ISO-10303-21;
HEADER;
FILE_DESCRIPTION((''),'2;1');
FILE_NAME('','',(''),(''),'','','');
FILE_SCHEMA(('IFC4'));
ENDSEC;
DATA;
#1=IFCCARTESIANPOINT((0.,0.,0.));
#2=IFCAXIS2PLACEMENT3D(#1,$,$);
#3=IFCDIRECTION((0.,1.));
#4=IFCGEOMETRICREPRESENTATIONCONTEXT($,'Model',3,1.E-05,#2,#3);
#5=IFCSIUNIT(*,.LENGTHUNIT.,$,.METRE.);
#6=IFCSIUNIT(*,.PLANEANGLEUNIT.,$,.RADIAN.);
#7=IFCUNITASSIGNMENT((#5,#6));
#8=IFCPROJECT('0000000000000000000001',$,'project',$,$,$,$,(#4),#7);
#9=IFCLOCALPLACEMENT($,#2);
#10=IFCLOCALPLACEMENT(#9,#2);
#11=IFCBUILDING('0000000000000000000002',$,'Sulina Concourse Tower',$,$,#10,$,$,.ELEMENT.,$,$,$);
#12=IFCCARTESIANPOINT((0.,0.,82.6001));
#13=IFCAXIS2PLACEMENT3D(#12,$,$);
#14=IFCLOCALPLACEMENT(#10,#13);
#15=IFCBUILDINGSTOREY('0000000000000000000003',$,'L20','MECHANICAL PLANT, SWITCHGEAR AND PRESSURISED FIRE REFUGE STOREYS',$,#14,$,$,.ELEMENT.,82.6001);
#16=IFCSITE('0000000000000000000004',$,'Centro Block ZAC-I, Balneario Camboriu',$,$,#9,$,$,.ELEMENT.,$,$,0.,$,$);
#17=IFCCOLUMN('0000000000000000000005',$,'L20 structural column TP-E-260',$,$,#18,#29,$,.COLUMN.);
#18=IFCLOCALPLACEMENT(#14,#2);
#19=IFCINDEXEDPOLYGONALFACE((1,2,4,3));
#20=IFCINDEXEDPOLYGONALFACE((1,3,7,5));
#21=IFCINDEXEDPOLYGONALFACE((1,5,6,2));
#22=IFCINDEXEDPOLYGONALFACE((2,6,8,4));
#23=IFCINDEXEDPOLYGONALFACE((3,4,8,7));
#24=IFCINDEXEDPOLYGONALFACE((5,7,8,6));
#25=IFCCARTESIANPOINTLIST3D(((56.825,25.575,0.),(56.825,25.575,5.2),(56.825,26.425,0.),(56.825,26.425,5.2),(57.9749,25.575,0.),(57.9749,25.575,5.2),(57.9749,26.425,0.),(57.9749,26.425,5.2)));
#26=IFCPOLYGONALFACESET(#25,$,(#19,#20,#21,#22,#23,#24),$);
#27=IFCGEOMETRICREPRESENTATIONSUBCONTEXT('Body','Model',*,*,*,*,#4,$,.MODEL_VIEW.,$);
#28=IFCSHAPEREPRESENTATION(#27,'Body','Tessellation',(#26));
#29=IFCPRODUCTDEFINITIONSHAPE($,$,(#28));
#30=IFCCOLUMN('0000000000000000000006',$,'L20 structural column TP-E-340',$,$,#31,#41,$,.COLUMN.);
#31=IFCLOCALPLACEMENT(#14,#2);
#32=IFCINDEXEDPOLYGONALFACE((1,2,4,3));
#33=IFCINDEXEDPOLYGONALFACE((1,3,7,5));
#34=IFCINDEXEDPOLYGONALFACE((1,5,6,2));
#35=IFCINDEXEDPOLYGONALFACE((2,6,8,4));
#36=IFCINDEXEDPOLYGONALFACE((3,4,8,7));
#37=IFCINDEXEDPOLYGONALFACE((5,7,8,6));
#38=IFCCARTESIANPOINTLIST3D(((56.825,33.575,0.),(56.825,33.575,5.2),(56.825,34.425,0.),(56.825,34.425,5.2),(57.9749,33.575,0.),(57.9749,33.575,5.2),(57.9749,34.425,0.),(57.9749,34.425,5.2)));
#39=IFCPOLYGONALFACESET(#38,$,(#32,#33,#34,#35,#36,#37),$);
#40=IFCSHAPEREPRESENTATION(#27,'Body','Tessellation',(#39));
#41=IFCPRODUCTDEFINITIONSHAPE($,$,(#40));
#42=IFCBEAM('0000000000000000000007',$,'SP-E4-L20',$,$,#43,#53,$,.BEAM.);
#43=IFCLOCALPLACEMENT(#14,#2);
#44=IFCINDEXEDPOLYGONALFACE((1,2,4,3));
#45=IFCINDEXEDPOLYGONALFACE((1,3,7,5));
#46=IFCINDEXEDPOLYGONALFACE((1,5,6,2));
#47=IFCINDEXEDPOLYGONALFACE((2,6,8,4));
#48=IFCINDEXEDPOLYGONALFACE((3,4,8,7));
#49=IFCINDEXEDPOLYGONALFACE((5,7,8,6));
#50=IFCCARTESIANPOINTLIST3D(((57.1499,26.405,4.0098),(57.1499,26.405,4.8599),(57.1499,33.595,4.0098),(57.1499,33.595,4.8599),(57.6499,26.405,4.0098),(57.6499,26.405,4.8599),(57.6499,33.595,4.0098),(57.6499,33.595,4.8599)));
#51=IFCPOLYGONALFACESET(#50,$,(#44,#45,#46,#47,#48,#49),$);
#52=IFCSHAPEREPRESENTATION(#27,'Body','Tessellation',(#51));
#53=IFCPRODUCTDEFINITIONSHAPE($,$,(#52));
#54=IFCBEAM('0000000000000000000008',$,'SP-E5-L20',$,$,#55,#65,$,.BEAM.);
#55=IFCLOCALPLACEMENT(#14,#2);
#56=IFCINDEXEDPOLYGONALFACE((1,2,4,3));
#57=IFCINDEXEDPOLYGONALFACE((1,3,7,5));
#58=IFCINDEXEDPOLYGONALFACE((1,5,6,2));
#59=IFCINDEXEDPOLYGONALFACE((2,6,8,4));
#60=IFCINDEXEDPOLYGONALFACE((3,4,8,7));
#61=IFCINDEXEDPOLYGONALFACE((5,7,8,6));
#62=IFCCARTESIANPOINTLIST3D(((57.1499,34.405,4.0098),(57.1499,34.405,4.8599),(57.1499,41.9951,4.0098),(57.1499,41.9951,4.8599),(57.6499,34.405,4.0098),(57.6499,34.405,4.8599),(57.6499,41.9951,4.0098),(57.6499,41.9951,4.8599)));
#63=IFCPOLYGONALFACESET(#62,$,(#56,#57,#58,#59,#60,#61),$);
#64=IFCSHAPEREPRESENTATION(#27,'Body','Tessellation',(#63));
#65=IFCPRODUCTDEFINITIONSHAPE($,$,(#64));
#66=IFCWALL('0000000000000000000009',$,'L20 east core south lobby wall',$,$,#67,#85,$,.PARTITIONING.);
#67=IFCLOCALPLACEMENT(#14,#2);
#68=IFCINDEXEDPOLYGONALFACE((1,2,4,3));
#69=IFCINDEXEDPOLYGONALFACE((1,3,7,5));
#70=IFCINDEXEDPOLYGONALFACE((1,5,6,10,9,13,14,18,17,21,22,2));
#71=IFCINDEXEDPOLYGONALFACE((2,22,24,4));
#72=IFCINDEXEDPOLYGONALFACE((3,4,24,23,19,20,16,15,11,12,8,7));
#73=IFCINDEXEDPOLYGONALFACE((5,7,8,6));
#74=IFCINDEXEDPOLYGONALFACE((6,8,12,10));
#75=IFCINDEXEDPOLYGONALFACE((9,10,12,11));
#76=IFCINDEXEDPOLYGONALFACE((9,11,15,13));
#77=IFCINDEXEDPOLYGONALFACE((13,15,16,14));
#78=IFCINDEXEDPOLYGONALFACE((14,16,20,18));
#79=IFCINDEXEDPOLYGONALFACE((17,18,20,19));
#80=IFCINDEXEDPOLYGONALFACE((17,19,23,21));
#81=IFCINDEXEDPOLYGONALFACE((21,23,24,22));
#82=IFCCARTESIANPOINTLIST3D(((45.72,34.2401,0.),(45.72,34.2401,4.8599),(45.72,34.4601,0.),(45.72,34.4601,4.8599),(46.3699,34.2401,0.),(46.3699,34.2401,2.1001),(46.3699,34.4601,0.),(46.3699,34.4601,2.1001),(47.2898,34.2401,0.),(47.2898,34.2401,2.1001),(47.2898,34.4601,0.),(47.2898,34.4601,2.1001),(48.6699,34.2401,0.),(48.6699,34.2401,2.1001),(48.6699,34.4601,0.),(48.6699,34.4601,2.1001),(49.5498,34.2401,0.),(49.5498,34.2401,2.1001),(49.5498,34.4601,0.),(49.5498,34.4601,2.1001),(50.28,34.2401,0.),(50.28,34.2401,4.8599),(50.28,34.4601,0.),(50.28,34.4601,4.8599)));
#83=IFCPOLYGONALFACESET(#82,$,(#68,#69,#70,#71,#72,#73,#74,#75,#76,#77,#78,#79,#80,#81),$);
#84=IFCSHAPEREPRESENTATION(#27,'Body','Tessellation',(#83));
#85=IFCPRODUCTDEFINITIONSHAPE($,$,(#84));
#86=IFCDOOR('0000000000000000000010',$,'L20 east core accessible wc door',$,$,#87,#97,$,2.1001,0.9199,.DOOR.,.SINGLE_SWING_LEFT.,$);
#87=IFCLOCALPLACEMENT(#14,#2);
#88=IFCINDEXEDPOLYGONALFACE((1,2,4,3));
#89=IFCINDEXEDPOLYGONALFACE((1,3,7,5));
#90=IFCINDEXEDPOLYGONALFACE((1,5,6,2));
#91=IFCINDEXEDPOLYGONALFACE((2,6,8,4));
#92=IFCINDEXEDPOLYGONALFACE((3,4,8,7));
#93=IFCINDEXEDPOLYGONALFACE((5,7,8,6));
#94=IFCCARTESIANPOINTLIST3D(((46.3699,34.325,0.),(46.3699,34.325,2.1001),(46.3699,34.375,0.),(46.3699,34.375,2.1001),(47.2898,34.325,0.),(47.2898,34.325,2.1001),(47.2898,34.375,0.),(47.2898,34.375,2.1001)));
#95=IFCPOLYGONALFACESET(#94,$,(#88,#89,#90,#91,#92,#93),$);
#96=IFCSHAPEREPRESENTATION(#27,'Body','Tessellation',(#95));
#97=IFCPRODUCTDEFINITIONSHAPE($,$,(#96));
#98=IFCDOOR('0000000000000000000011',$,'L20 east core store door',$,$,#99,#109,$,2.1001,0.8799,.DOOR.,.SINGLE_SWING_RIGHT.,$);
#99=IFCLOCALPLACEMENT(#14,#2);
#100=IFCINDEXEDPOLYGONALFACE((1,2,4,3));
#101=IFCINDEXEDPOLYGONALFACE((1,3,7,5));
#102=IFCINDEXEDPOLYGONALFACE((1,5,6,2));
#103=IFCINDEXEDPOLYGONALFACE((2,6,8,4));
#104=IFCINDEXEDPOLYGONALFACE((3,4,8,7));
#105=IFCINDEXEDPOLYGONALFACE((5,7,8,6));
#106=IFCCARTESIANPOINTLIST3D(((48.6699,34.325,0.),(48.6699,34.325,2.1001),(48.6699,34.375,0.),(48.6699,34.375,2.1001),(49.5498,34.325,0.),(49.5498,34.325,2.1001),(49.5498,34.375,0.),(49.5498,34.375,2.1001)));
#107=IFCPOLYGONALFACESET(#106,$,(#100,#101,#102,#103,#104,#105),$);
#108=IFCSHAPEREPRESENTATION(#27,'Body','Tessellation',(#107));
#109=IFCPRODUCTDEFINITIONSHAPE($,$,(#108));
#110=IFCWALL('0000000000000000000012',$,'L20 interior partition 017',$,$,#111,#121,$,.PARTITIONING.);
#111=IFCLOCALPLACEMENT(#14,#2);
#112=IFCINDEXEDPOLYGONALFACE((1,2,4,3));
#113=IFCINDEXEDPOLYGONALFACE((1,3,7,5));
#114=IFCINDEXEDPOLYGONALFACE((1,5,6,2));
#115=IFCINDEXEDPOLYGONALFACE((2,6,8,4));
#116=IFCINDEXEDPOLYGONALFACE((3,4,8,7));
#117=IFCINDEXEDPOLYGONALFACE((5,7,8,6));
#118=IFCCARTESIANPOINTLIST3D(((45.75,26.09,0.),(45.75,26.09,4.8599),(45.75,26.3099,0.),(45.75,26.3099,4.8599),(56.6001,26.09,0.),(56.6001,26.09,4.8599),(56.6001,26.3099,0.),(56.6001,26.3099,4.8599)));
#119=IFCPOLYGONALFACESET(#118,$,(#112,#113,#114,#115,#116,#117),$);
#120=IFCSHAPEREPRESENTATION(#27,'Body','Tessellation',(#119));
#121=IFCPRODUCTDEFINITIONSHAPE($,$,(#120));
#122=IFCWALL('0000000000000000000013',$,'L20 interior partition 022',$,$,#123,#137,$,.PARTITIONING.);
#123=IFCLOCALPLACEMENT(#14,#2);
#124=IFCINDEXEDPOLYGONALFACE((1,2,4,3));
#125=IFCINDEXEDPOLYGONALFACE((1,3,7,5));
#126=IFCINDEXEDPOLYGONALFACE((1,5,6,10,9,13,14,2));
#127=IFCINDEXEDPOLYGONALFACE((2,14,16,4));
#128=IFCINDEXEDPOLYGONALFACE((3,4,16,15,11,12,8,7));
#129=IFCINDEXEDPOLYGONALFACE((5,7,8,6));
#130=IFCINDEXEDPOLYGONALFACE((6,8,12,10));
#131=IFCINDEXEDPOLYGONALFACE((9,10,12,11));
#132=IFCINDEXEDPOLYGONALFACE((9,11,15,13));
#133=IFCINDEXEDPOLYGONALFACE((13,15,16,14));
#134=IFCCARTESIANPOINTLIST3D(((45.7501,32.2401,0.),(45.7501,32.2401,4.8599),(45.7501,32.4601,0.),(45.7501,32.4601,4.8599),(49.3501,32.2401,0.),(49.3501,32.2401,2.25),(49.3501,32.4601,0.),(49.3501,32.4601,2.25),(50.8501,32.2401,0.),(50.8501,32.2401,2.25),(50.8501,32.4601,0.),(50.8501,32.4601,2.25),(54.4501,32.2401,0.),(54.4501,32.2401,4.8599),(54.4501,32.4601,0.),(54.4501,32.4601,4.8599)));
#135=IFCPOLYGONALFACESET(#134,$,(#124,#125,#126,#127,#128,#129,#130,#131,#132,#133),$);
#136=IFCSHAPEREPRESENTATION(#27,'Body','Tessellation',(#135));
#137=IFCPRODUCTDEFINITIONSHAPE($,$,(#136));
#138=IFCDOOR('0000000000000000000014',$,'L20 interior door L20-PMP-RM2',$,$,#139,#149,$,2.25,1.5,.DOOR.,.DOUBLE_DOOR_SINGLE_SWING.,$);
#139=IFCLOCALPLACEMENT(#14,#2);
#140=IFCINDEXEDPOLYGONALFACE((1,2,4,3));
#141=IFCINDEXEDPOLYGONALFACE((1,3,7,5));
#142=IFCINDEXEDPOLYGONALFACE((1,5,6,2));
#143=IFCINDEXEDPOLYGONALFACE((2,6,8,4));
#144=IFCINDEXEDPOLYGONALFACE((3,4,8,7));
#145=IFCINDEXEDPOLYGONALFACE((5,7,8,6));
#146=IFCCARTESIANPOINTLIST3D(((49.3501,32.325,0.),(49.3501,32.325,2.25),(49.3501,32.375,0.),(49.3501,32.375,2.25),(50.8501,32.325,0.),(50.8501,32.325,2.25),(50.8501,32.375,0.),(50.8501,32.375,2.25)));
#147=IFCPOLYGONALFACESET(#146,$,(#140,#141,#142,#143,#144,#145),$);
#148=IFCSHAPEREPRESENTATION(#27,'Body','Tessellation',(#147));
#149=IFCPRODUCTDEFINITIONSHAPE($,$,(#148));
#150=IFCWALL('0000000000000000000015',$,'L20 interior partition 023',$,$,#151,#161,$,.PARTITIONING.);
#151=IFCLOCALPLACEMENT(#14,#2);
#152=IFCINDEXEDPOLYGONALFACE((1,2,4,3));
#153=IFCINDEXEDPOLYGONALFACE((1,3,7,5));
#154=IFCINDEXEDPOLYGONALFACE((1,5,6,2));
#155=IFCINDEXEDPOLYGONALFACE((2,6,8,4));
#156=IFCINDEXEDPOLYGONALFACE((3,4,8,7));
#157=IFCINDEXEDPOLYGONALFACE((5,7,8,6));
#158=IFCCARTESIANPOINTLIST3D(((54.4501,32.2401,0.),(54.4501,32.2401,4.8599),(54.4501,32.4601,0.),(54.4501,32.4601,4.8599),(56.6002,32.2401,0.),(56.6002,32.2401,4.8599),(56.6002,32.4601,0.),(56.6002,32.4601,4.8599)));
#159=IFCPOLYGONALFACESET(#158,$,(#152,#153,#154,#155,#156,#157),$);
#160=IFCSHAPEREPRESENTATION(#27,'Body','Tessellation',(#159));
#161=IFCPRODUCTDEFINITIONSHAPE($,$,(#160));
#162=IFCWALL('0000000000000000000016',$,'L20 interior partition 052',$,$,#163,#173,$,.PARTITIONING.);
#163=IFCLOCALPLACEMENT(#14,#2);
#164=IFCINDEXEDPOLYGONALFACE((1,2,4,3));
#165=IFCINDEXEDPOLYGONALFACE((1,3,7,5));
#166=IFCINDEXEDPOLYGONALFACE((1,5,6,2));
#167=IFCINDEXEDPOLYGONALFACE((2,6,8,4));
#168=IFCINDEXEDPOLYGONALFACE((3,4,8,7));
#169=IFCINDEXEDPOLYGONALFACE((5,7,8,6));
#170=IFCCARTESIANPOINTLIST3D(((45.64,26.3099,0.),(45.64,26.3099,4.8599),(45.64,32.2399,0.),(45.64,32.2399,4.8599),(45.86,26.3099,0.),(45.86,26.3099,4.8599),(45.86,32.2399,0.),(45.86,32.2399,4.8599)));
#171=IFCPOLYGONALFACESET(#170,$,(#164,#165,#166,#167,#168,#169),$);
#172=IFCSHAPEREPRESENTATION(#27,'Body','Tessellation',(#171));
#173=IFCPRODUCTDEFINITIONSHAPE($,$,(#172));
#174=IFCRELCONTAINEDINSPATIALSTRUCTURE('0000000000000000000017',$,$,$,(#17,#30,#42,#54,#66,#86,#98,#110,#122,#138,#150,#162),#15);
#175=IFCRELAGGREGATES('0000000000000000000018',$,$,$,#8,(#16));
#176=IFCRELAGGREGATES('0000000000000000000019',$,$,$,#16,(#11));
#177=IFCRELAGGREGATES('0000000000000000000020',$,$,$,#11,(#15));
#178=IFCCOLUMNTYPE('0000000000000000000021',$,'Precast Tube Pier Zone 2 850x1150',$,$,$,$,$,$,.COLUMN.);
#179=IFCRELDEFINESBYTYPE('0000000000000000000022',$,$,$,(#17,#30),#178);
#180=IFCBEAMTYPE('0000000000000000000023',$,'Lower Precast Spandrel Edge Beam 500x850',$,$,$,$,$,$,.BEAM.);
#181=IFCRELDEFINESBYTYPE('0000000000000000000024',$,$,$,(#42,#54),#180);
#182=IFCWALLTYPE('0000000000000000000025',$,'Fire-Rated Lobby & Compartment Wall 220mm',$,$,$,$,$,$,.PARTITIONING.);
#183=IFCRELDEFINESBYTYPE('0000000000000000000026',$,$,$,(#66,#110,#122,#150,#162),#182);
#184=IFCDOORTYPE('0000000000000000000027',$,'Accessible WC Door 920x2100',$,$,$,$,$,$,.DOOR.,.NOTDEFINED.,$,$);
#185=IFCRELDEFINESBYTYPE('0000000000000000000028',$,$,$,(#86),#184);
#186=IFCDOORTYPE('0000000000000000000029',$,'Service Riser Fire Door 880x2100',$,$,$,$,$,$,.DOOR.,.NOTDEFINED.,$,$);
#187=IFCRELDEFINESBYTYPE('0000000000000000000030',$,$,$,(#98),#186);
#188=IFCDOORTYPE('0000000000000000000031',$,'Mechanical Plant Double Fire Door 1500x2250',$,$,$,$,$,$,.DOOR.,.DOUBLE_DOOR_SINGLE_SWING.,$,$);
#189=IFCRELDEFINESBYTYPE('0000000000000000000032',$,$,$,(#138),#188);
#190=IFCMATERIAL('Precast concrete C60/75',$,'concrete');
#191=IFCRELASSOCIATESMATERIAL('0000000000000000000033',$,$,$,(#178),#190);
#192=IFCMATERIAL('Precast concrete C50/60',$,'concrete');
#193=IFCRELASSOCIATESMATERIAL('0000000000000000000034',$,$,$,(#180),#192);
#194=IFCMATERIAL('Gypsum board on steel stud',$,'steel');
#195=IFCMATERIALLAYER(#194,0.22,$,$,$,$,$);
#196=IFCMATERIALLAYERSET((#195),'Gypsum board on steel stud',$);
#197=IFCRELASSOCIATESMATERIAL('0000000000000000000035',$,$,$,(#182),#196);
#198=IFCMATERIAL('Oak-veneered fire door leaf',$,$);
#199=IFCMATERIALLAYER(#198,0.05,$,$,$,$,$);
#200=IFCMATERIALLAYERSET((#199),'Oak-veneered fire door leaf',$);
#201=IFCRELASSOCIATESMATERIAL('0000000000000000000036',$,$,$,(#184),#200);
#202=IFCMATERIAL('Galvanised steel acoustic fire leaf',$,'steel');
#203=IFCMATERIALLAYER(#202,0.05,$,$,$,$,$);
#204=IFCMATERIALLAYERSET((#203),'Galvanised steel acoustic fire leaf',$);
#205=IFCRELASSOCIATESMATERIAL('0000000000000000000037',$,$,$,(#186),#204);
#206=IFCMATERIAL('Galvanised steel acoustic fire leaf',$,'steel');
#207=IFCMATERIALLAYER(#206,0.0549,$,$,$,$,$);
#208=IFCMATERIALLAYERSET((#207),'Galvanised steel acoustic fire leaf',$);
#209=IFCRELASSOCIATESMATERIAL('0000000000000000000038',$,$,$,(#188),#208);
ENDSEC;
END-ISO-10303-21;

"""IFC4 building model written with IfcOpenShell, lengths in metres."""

from ifc_helpers import new_model, si_unit, direction, frame, frame_2d, origin, origin_2d, place, context, subcontext, project, spatial, rectangle, extrude, material, layer, layer_set, material_profile, profile_set, type_object, element, fill, save


model = new_model("IFC4")

# Units and contexts
model_context = context("Model", 3, precision=1e-05, world=origin(), true_north=direction((0.0, 1.0)))
body_context = subcontext(model_context, "Body", "Model", "MODEL_VIEW")
ifc_project = project(units=[si_unit("LENGTHUNIT", "METRE"), si_unit("PLANEANGLEUNIT", "RADIAN")], contexts=[model_context])

# Site, building, storey
site_placement = place(None, origin())
site = spatial("IfcSite", under=ifc_project, at=site_placement, Name="Centro Block ZAC-I, Balneario Camboriu", CompositionType="ELEMENT", RefElevation=0.0)
building_placement = place(site_placement, origin())
building = spatial("IfcBuilding", under=site, at=building_placement, Name="Sulina Concourse Tower", CompositionType="ELEMENT")
storey_placement = place(building_placement, frame((0.0, 0.0, 82.6001)))
storey = spatial("IfcBuildingStorey", under=building, at=storey_placement, Name="L20", Description="MECHANICAL PLANT, SWITCHGEAR AND PRESSURISED FIRE REFUGE STOREYS", CompositionType="ELEMENT", Elevation=82.6001)

# Columns
ifc_material_1 = material(Name="Precast concrete C60/75", Category="concrete")
ifc_material_profile_1 = material_profile(ifc_material_1, rectangle(XDim=0.8501, YDim=1.1499, at=origin_2d()), Name="PC 850x1150")
ifc_profile_set_1 = profile_set([ifc_material_profile_1], Name="Precast concrete C60/75")
column_type = type_object("IfcColumnType", Name="Precast Tube Pier Zone 2 850x1150", PredefinedType="COLUMN", material=ifc_profile_set_1)
for number, where, z_axis, x_axis, name in (
    (1, (57.3999, 26.0, 0.0), (0.0, 0.0, 1.0), (0.0, 1.0, 0.0), "L20 structural column TP-E-260"),
    (2, (57.3999, 34.0, 0.0), (0.0, 0.0, 1.0), (0.0, 1.0, 0.0), "L20 structural column TP-E-340"),
):
    element("IfcColumn", number, at=place(storey_placement, frame(where, z_axis=z_axis, x_axis=x_axis)), inside=storey, type_object=column_type, Name=name, PredefinedType="COLUMN", context=body_context, shape_type="SweptSolid", body=[
        extrude(rectangle(XDim=0.8501, YDim=1.1499, at=origin_2d()), origin(), (0.0, 0.0, 1.0), 5.2),
    ])

# Beams
ifc_material_2 = material(Name="Precast concrete C50/60", Category="concrete")
ifc_material_profile_2 = material_profile(ifc_material_2, rectangle(XDim=0.5, YDim=0.8501, at=origin_2d()), Name="RC 500x850")
ifc_profile_set_2 = profile_set([ifc_material_profile_2], Name="Precast concrete C50/60")
beam_type = type_object("IfcBeamType", Name="Lower Precast Spandrel Edge Beam 500x850", PredefinedType="BEAM", material=ifc_profile_set_2)
beam_1_placement = place(storey_placement, frame((57.3999, 26.405, 4.4348), z_axis=(0.0, 1.0, 0.0), x_axis=(-1.0, 0.0, 0.0)))
element("IfcBeam", 3, at=beam_1_placement, inside=storey, type_object=beam_type, Name="SP-E4-L20", PredefinedType="BEAM", context=body_context, shape_type="SweptSolid", body=[
    extrude(rectangle(XDim=0.5, YDim=0.8501, at=origin_2d()), origin(), (0.0, 0.0, 1.0), 7.1899),
])
beam_2_placement = place(storey_placement, frame((57.3999, 34.405, 4.4348), z_axis=(0.0, 1.0, 0.0), x_axis=(-1.0, 0.0, 0.0)))
element("IfcBeam", 4, at=beam_2_placement, inside=storey, type_object=beam_type, Name="SP-E5-L20", PredefinedType="BEAM", context=body_context, shape_type="SweptSolid", body=[
    extrude(rectangle(XDim=0.5, YDim=0.8501, at=origin_2d()), origin(), (0.0, 0.0, 1.0), 7.5901),
])

# Wall, openings, doors
ifc_material_3 = material(Name="Gypsum board on steel stud", Category="steel")
ifc_layer_1 = layer(ifc_material_3, 0.22)
ifc_layer_set_1 = layer_set([ifc_layer_1], Name="Gypsum board on steel stud")
wall_type_1 = type_object("IfcWallType", Name="Fire-Rated Lobby & Compartment Wall 220mm", PredefinedType="PARTITIONING", material=ifc_layer_set_1)
wall_1_placement = place(storey_placement, frame((45.72, 34.3501, 0.0), z_axis=(0.0, 0.0, 1.0), x_axis=(1.0, 0.0, 0.0)))
wall_1 = element("IfcWall", 5, at=wall_1_placement, inside=storey, type_object=wall_type_1, Name="L20 east core south lobby wall", PredefinedType="PARTITIONING", context=body_context, shape_type="SweptSolid", body=[
    extrude(rectangle(XDim=4.5601, YDim=0.22, at=frame_2d((2.28, 0.0))), origin(), (0.0, 0.0, 1.0), 4.8599),
])
opening_1_placement = place(wall_1_placement, frame((0.6499, 0.0, 0.0)))
opening_1 = element("IfcOpeningElement", 6, at=opening_1_placement, cuts=wall_1, PredefinedType="OPENING", context=body_context, shape_type="SweptSolid", body=[
    extrude(rectangle(XDim=0.9199, YDim=2.1001, at=frame_2d((0.46, 1.05))), frame((0.0, 0.1199, 0.0), z_axis=(0.0, -1.0, 0.0), x_axis=(1.0, 0.0, 0.0)), (0.0, 0.0, 1.0), 0.24),
])
opening_2_placement = place(wall_1_placement, frame((2.95, 0.0, 0.0)))
opening_2 = element("IfcOpeningElement", 7, at=opening_2_placement, cuts=wall_1, PredefinedType="OPENING", context=body_context, shape_type="SweptSolid", body=[
    extrude(rectangle(XDim=0.8799, YDim=2.1001, at=frame_2d((0.4399, 1.05))), frame((0.0, 0.1199, 0.0), z_axis=(0.0, -1.0, 0.0), x_axis=(1.0, 0.0, 0.0)), (0.0, 0.0, 1.0), 0.24),
])
ifc_material_4 = material(Name="Oak-veneered fire door leaf")
ifc_layer_2 = layer(ifc_material_4, 0.05)
ifc_layer_set_2 = layer_set([ifc_layer_2], Name="Oak-veneered fire door leaf")
door_type_1 = type_object("IfcDoorType", Name="Accessible WC Door 920x2100", OperationType="NOTDEFINED", PredefinedType="DOOR", material=ifc_layer_set_2)
door_1_placement = place(opening_1_placement, origin())
door_1 = element("IfcDoor", 8, at=door_1_placement, inside=storey, type_object=door_type_1, Name="L20 east core accessible wc door", OperationType="SINGLE_SWING_LEFT", OverallHeight=2.1001, OverallWidth=0.9199, PredefinedType="DOOR", context=body_context, shape_type="SweptSolid", body=[
    extrude(rectangle(XDim=0.9199, YDim=2.1001, at=frame_2d((0.46, 1.05))), frame((0.0, 0.0249, 0.0), z_axis=(0.0, -1.0, 0.0), x_axis=(1.0, 0.0, 0.0)), (0.0, 0.0, 1.0), 0.05),
])
fill(opening_1, door_1)
ifc_material_5 = material(Name="Galvanised steel acoustic fire leaf", Category="steel")
ifc_layer_3 = layer(ifc_material_5, 0.05)
ifc_layer_set_3 = layer_set([ifc_layer_3], Name="Galvanised steel acoustic fire leaf")
door_type_2 = type_object("IfcDoorType", Name="Service Riser Fire Door 880x2100", OperationType="NOTDEFINED", PredefinedType="DOOR", material=ifc_layer_set_3)
door_2_placement = place(opening_2_placement, origin())
door_2 = element("IfcDoor", 9, at=door_2_placement, inside=storey, type_object=door_type_2, Name="L20 east core store door", OperationType="SINGLE_SWING_RIGHT", OverallHeight=2.1001, OverallWidth=0.8799, PredefinedType="DOOR", context=body_context, shape_type="SweptSolid", body=[
    extrude(rectangle(XDim=0.8799, YDim=2.1001, at=frame_2d((0.4399, 1.05))), frame((0.0, 0.0249, 0.0), z_axis=(0.0, -1.0, 0.0), x_axis=(1.0, 0.0, 0.0)), (0.0, 0.0, 1.0), 0.05),
])
fill(opening_2, door_2)

# Wall
wall_2_placement = place(storey_placement, frame((45.75, 26.2, 0.0), z_axis=(0.0, 0.0, 1.0), x_axis=(1.0, 0.0, 0.0)))
element("IfcWall", 10, at=wall_2_placement, inside=storey, type_object=wall_type_1, Name="L20 interior partition 017", PredefinedType="PARTITIONING", context=body_context, shape_type="SweptSolid", body=[
    extrude(rectangle(XDim=10.8501, YDim=0.22, at=frame_2d((5.425, 0.0))), origin(), (0.0, 0.0, 1.0), 4.8599),
])

# Wall, opening, door
wall_3_placement = place(storey_placement, frame((45.75, 32.3501, 0.0), z_axis=(0.0, 0.0, 1.0), x_axis=(1.0, 0.0, 0.0)))
wall_3 = element("IfcWall", 11, at=wall_3_placement, inside=storey, type_object=wall_type_1, Name="L20 interior partition 022", PredefinedType="PARTITIONING", context=body_context, shape_type="SweptSolid", body=[
    extrude(rectangle(XDim=8.7, YDim=0.22, at=frame_2d((4.3501, 0.0))), origin(), (0.0, 0.0, 1.0), 4.8599),
])
opening_3_placement = place(wall_3_placement, frame((3.6001, 0.0, 0.0)))
opening_3 = element("IfcOpeningElement", 12, at=opening_3_placement, cuts=wall_3, PredefinedType="OPENING", context=body_context, shape_type="SweptSolid", body=[
    extrude(rectangle(XDim=1.5, YDim=2.25, at=frame_2d((0.75, 1.125))), frame((0.0, 0.1199, 0.0), z_axis=(0.0, -1.0, 0.0), x_axis=(1.0, 0.0, 0.0)), (0.0, 0.0, 1.0), 0.24),
])
ifc_material_6 = material(Name="Galvanised steel acoustic fire leaf", Category="steel")
ifc_layer_4 = layer(ifc_material_6, 0.0549)
ifc_layer_set_4 = layer_set([ifc_layer_4], Name="Galvanised steel acoustic fire leaf")
door_type_3 = type_object("IfcDoorType", Name="Mechanical Plant Double Fire Door 1500x2250", OperationType="DOUBLE_DOOR_SINGLE_SWING", PredefinedType="DOOR", material=ifc_layer_set_4)
door_3_placement = place(opening_3_placement, origin())
door_3 = element("IfcDoor", 13, at=door_3_placement, inside=storey, type_object=door_type_3, Name="L20 interior door L20-PMP-RM2", OperationType="DOUBLE_DOOR_SINGLE_SWING", OverallHeight=2.25, OverallWidth=1.5, PredefinedType="DOOR", context=body_context, shape_type="SweptSolid", body=[
    extrude(rectangle(XDim=1.5, YDim=2.25, at=frame_2d((0.75, 1.125))), frame((0.0, 0.0249, 0.0), z_axis=(0.0, -1.0, 0.0), x_axis=(1.0, 0.0, 0.0)), (0.0, 0.0, 1.0), 0.05),
])
fill(opening_3, door_3)

# Walls
wall_4_placement = place(storey_placement, frame((54.45, 32.3501, 0.0), z_axis=(0.0, 0.0, 1.0), x_axis=(1.0, 0.0, 0.0)))
element("IfcWall", 14, at=wall_4_placement, inside=storey, type_object=wall_type_1, Name="L20 interior partition 023", PredefinedType="PARTITIONING", context=body_context, shape_type="SweptSolid", body=[
    extrude(rectangle(XDim=2.1501, YDim=0.22, at=frame_2d((1.0752, 0.0))), origin(), (0.0, 0.0, 1.0), 4.8599),
])
wall_5_placement = place(storey_placement, frame((45.75, 26.3101, 0.0), z_axis=(0.0, 0.0, 1.0), x_axis=(0.0, 1.0, 0.0)))
element("IfcWall", 15, at=wall_5_placement, inside=storey, type_object=wall_type_1, Name="L20 interior partition 052", PredefinedType="PARTITIONING", context=body_context, shape_type="SweptSolid", body=[
    extrude(rectangle(XDim=5.9299, YDim=0.22, at=frame_2d((2.9648, 0.0))), origin(), (0.0, 0.0, 1.0), 4.8599),
])

save(model, "model.ifc")
